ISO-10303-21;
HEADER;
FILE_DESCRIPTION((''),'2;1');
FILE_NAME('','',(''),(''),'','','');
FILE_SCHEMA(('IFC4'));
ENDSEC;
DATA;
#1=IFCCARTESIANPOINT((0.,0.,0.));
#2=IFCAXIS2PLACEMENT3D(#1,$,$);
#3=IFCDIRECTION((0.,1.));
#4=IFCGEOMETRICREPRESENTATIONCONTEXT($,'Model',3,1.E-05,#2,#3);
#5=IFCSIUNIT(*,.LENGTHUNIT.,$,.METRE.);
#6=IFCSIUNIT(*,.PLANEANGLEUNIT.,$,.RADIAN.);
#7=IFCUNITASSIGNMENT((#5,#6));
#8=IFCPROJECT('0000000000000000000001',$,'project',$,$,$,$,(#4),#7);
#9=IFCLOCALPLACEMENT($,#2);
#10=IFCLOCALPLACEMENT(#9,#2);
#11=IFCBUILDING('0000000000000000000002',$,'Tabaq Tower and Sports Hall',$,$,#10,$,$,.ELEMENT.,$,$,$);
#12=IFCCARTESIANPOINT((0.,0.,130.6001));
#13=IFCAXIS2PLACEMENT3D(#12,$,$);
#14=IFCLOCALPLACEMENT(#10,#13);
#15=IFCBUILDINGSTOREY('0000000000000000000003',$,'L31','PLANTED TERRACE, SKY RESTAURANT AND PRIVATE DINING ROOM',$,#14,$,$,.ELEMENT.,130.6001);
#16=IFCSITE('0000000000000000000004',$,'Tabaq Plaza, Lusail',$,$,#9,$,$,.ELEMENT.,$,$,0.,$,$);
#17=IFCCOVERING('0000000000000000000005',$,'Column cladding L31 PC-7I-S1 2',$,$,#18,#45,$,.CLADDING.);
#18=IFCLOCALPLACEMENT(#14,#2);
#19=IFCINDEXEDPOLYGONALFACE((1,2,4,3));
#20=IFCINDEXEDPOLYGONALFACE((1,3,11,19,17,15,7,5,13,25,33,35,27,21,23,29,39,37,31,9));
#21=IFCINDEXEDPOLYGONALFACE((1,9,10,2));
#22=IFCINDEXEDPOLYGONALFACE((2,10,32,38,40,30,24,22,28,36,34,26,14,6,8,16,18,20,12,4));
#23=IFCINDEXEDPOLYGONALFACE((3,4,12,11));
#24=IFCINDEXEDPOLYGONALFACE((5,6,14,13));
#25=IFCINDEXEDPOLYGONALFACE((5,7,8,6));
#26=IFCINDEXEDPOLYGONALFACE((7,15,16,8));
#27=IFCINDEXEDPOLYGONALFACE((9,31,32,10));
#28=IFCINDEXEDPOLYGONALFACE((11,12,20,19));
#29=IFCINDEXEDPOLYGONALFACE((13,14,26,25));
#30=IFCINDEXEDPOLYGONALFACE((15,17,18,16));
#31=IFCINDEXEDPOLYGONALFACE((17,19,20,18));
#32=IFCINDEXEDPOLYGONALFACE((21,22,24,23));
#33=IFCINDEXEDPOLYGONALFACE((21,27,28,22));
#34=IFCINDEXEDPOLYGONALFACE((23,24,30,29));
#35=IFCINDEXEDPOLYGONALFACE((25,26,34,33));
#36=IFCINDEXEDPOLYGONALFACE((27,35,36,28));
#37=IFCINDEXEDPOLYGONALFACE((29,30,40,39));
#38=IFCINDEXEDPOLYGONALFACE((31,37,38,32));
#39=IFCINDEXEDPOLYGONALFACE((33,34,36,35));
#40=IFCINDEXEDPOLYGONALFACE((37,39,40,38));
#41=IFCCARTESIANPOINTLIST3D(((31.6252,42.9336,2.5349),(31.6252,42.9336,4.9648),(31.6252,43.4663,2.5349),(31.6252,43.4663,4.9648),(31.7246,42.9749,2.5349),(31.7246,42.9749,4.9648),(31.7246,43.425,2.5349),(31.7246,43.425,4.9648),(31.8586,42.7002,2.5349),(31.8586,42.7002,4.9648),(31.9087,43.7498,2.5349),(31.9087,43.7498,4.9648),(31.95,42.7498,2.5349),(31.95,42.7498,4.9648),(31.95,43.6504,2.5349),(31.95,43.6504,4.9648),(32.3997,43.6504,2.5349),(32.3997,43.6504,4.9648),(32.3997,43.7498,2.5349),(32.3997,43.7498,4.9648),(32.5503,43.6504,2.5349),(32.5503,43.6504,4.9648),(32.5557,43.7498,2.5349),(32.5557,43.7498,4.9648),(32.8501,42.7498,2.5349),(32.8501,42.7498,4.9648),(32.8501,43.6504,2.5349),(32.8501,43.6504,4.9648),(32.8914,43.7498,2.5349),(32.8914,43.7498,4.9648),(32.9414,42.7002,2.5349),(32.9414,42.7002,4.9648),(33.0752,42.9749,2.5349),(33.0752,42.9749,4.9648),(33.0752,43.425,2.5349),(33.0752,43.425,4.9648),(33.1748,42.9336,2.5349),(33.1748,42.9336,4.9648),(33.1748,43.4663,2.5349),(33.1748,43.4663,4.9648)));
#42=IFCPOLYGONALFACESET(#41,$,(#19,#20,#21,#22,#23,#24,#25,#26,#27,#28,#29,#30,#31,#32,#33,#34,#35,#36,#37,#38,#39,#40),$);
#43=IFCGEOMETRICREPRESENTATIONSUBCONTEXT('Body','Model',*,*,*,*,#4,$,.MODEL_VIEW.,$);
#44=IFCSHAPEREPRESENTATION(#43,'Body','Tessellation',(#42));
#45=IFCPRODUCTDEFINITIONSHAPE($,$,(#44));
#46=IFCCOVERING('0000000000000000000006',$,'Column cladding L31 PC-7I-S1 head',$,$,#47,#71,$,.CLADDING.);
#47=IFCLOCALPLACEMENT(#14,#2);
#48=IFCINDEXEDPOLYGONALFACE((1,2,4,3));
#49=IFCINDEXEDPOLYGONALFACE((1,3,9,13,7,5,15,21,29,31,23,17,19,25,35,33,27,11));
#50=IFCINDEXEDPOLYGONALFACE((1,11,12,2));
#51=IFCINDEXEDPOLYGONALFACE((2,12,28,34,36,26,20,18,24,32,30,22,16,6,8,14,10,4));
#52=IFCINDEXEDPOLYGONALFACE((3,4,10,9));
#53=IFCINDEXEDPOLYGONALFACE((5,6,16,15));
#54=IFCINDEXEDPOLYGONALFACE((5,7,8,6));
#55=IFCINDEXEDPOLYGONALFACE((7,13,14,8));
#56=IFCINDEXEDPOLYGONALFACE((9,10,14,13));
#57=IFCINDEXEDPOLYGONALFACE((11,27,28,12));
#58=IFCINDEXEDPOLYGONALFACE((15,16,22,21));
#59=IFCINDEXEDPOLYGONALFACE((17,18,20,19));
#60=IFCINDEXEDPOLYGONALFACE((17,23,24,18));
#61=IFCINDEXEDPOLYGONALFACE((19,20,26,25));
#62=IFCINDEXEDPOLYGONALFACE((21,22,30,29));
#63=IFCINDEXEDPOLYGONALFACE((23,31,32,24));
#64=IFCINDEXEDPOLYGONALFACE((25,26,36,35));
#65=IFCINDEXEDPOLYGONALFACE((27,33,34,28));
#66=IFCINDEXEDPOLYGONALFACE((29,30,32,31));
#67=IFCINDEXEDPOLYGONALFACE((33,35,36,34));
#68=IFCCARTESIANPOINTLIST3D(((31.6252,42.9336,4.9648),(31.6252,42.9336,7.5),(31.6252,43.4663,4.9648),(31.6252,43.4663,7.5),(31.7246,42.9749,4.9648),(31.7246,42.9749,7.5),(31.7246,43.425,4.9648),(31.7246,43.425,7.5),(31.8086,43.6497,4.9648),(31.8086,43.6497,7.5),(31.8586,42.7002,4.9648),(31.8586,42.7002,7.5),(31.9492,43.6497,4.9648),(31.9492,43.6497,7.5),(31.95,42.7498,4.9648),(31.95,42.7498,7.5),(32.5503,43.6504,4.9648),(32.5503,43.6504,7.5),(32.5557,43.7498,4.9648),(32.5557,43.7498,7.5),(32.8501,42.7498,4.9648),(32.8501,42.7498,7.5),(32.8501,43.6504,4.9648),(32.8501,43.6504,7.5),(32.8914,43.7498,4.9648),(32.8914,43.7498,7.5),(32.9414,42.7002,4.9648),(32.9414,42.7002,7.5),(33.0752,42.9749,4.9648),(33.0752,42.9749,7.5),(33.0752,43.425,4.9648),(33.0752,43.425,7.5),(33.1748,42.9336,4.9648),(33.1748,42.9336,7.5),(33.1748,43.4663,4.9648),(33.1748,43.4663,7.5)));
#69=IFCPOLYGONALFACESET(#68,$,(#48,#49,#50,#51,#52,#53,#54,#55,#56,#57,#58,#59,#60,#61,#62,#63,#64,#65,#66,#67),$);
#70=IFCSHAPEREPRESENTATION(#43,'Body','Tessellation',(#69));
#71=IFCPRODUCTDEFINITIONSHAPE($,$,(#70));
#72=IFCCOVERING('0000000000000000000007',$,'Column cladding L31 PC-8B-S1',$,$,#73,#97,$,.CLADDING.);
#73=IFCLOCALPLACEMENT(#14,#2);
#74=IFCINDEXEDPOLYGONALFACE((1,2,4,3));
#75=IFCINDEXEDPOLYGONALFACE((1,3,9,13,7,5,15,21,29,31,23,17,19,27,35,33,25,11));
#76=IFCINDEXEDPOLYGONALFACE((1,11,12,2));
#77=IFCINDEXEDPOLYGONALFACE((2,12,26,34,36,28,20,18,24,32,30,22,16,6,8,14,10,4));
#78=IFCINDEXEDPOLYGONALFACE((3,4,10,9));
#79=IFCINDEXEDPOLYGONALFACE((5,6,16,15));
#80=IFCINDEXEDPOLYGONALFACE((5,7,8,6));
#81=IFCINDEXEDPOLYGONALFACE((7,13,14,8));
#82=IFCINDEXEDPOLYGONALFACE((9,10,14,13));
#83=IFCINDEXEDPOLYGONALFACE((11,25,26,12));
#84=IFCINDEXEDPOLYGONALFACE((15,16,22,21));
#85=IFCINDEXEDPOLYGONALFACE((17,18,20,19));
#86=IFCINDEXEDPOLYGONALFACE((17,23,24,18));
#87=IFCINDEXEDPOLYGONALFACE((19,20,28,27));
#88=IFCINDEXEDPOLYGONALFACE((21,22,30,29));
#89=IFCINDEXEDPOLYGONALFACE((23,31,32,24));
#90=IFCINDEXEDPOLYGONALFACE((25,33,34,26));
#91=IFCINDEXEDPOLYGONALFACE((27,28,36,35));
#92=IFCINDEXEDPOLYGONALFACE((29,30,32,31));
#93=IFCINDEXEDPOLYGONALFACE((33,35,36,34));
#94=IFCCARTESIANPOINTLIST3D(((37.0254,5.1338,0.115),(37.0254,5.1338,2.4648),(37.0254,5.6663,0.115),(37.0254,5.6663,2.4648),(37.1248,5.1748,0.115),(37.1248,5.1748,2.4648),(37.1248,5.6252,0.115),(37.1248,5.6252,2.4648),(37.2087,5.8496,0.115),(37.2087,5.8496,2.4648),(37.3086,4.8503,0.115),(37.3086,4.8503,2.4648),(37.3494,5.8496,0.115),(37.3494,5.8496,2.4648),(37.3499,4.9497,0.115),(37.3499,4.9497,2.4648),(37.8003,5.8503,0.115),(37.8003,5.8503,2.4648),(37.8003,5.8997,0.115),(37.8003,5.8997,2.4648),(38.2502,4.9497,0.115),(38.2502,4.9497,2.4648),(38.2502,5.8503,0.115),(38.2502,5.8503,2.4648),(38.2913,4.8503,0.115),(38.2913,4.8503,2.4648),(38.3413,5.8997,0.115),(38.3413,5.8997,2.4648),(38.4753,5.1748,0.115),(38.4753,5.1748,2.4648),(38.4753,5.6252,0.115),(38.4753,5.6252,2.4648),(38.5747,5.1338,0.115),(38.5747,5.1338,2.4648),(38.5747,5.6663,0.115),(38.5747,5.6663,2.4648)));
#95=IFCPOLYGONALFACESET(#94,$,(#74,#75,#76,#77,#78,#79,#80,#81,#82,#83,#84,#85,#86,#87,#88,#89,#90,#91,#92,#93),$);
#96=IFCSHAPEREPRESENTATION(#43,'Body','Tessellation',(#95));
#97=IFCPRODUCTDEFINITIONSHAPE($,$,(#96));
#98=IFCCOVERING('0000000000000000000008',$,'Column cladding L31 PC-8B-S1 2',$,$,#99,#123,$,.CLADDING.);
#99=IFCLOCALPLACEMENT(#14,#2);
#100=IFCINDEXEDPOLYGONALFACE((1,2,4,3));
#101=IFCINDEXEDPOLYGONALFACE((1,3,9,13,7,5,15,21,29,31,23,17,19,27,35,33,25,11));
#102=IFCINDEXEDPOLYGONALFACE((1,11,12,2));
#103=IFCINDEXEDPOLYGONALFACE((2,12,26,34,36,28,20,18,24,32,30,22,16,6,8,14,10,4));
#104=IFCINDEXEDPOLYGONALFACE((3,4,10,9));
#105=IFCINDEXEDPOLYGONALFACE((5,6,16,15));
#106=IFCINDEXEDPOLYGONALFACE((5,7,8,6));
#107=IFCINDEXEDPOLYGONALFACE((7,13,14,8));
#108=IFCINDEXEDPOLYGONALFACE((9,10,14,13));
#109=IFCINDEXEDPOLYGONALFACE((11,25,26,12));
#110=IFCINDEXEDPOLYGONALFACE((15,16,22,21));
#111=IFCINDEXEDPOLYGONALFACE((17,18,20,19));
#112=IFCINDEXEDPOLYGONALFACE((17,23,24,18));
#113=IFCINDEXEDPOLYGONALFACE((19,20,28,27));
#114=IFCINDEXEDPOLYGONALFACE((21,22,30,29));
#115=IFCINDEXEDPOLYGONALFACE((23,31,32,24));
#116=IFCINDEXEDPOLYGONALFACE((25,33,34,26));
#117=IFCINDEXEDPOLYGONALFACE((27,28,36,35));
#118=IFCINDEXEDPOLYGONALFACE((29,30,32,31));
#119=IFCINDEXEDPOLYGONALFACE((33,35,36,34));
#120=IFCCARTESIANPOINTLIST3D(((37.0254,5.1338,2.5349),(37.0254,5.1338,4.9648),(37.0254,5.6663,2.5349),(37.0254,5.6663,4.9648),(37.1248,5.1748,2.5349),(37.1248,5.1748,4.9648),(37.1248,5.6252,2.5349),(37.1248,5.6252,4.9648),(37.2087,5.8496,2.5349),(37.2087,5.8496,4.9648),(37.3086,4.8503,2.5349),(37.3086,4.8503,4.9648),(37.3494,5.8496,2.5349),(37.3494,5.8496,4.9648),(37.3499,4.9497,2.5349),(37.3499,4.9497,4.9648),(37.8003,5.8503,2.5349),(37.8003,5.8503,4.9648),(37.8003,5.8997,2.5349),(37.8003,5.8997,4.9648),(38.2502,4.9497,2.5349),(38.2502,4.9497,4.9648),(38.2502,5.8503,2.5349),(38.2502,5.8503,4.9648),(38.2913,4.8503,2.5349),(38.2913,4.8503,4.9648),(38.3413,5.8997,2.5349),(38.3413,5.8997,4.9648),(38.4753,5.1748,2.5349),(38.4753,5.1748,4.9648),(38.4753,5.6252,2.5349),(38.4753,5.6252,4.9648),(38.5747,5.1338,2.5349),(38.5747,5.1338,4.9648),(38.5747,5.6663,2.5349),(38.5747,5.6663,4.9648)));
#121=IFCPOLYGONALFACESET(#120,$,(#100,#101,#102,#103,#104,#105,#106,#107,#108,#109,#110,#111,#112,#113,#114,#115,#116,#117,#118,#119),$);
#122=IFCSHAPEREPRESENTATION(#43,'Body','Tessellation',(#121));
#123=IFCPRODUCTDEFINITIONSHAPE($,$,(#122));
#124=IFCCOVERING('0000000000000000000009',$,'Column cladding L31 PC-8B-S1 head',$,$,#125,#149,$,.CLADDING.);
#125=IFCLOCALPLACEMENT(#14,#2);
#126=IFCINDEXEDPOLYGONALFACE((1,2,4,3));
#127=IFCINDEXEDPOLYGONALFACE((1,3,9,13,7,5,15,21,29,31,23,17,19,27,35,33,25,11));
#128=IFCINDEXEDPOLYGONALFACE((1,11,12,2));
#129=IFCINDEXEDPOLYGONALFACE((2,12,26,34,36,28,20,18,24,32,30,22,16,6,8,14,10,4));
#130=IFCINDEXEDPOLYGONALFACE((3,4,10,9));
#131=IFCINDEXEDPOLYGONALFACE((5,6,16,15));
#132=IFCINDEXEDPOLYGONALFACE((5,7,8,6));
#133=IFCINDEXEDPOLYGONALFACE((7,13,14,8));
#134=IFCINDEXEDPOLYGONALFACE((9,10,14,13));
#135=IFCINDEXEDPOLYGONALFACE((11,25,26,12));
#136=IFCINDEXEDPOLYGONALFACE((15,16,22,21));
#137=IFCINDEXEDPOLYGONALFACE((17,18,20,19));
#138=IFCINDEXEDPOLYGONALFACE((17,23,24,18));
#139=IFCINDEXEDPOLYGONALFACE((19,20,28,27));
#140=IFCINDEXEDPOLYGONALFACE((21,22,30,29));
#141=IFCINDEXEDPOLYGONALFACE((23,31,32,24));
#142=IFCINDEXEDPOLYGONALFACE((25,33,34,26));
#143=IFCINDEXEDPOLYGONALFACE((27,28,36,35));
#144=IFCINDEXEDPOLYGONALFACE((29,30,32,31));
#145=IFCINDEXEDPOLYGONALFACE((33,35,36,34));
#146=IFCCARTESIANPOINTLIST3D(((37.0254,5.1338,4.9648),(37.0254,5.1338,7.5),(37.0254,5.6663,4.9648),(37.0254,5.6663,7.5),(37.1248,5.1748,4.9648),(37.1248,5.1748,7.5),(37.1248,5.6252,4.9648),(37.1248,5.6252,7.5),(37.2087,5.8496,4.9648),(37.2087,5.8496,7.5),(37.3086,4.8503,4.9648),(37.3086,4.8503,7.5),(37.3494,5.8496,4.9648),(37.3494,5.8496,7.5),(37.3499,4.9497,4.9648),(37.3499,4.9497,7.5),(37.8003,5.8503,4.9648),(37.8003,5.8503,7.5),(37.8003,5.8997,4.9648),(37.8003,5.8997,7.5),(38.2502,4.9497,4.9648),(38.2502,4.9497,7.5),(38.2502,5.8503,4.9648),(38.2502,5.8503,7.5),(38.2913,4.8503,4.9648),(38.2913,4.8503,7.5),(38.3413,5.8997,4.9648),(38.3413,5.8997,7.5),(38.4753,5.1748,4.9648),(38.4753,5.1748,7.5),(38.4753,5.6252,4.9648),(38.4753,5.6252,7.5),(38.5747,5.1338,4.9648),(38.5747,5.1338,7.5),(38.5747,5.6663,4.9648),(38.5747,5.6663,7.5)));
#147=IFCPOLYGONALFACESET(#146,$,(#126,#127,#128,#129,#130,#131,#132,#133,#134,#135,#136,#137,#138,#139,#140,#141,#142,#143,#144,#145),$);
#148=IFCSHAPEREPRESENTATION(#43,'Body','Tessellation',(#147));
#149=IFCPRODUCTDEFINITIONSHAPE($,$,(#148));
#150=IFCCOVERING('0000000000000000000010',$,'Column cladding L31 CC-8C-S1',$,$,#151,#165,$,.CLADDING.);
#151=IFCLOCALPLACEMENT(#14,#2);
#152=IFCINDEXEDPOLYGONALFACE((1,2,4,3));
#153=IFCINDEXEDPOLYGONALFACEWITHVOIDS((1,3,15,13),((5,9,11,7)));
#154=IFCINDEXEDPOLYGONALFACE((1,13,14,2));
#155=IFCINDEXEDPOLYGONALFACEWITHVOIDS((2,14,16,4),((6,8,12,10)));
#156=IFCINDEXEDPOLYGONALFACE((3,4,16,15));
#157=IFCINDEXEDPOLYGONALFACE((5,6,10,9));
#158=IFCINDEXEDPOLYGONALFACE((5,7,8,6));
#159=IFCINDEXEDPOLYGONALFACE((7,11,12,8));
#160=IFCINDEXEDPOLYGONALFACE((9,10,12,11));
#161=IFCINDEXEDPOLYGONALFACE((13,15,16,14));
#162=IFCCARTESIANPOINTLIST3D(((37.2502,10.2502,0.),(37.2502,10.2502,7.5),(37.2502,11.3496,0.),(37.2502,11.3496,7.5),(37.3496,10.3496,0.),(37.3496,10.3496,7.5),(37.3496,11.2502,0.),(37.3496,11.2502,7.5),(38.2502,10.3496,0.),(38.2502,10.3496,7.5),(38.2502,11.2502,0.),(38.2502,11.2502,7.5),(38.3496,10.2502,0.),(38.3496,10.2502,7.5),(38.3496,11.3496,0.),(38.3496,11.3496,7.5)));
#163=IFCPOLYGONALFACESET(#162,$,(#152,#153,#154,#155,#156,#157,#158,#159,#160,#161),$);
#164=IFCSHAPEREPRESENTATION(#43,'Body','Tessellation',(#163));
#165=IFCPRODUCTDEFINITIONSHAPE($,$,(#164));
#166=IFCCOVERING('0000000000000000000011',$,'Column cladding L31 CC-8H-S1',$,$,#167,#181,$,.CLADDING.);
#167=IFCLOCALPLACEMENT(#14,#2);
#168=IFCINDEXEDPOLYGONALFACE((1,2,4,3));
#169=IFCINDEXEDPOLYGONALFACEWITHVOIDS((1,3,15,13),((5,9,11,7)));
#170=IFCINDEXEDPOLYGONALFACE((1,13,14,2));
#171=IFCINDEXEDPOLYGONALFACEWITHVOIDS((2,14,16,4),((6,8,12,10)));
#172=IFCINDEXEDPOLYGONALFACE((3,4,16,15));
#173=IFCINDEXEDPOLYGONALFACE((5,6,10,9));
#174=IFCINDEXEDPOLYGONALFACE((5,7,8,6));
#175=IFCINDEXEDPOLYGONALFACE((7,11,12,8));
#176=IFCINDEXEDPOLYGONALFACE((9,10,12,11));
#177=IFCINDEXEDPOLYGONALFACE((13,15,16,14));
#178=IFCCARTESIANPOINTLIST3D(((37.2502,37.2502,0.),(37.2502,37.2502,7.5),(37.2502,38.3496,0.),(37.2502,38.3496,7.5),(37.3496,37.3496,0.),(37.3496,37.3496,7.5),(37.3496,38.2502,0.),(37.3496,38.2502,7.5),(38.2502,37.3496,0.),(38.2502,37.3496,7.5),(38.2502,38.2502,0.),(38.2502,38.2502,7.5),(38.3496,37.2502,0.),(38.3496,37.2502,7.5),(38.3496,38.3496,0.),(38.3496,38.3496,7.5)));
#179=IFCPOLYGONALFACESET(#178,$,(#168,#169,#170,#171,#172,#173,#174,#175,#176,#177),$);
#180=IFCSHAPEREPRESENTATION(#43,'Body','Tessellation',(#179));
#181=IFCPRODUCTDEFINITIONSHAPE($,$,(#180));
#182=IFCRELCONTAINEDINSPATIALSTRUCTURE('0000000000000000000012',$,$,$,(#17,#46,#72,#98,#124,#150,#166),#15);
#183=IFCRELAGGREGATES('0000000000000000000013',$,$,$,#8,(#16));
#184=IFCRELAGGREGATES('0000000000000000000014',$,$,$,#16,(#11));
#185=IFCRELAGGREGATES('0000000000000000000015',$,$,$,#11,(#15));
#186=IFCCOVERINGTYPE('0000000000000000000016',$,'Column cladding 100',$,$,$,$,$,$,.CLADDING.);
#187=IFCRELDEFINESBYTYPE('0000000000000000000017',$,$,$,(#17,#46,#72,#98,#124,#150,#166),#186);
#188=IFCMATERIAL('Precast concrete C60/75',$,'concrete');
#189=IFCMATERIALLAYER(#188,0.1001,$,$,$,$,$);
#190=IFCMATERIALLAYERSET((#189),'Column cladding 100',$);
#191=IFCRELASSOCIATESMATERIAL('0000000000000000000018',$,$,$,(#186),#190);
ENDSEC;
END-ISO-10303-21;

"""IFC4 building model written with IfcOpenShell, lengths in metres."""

from ifc_helpers import new_model, si_unit, direction, frame, origin, place, context, subcontext, project, spatial, polyline, outline, extrude, material, layer, layer_set, type_object, element, save


model = new_model("IFC4")

# Units and contexts
model_context = context("Model", 3, precision=1e-05, world=origin(), true_north=direction((0.0, 1.0)))
body_context = subcontext(model_context, "Body", "Model", "MODEL_VIEW")
ifc_project = project(units=[si_unit("LENGTHUNIT", "METRE"), si_unit("PLANEANGLEUNIT", "RADIAN")], contexts=[model_context])

# Site, building, storey
site_placement = place(None, origin())
site = spatial("IfcSite", under=ifc_project, at=site_placement, Name="Tabaq Plaza, Lusail", CompositionType="ELEMENT", RefElevation=0.0)
building_placement = place(site_placement, origin())
building = spatial("IfcBuilding", under=site, at=building_placement, Name="Tabaq Tower and Sports Hall", CompositionType="ELEMENT")
storey_placement = place(building_placement, frame((0.0, 0.0, 130.6001)))
storey = spatial("IfcBuildingStorey", under=building, at=storey_placement, Name="L31", Description="PLANTED TERRACE, SKY RESTAURANT AND PRIVATE DINING ROOM", CompositionType="ELEMENT", Elevation=130.6001)

# Coverings
ifc_material_1 = material(Name="Precast concrete C60/75", Category="concrete")
ifc_layer = layer(ifc_material_1, 0.1001)
ifc_layer_set = layer_set([ifc_layer], Name="Column cladding 100")
covering_type_1 = type_object("IfcCoveringType", Name="Column cladding 100", PredefinedType="CLADDING", material=ifc_layer_set)
covering_1_placement = place(storey_placement, frame((0.0, 0.0, 2.5349)))
element("IfcCovering", 1, at=covering_1_placement, inside=storey, type_object=covering_type_1, Name="Column cladding L31 PC-7I-S1 2", PredefinedType="CLADDING", context=body_context, shape_type="SweptSolid", body=[
    extrude(outline(polyline([(31.6252, 43.4663), (31.9087, 43.7498), (32.3997, 43.7498), (32.3997, 43.6504), (31.95, 43.6504), (31.7246, 43.425), (31.7246, 42.9749), (31.95, 42.7498), (32.8501, 42.7498), (33.0752, 42.9749), (33.0752, 43.425), (32.8501, 43.6504), (32.5503, 43.6504), (32.5557, 43.7498), (32.8914, 43.7498), (33.1748, 43.4663), (33.1748, 42.9336), (32.9414, 42.7002), (31.8586, 42.7002), (31.6252, 42.9336), (31.6252, 43.4663)])), origin(), (0.0, 0.0, 1.0), 2.4299),
])
covering_2_placement = place(storey_placement, frame((0.0, 0.0, 4.9648)))
element("IfcCovering", 2, at=covering_2_placement, inside=storey, type_object=covering_type_1, Name="Column cladding L31 PC-7I-S1 head", PredefinedType="CLADDING", context=body_context, shape_type="SweptSolid", body=[
    extrude(outline(polyline([(31.8086, 43.6497), (31.9492, 43.6497), (31.7246, 43.425), (31.7246, 42.9749), (31.95, 42.7498), (32.8501, 42.7498), (33.0752, 42.9749), (33.0752, 43.425), (32.8501, 43.6504), (32.5503, 43.6504), (32.5557, 43.7498), (32.8914, 43.7498), (33.1748, 43.4663), (33.1748, 42.9336), (32.9414, 42.7002), (31.8586, 42.7002), (31.6252, 42.9336), (31.6252, 43.4663), (31.8086, 43.6497)])), origin(), (0.0, 0.0, 1.0), 2.5352),
])
covering_3_placement = place(storey_placement, frame((0.0, 0.0, 0.115)))
element("IfcCovering", 3, at=covering_3_placement, inside=storey, type_object=covering_type_1, Name="Column cladding L31 PC-8B-S1", PredefinedType="CLADDING", context=body_context, shape_type="SweptSolid", body=[
    extrude(outline(polyline([(37.0254, 5.6663), (37.2087, 5.8496), (37.3494, 5.8496), (37.1248, 5.6252), (37.1248, 5.1748), (37.3499, 4.9497), (38.2502, 4.9497), (38.4753, 5.1748), (38.4753, 5.6252), (38.2502, 5.8503), (37.8003, 5.8503), (37.8003, 5.8997), (38.3413, 5.8997), (38.5747, 5.6663), (38.5747, 5.1338), (38.2913, 4.8503), (37.3086, 4.8503), (37.0254, 5.1338), (37.0254, 5.6663)])), origin(), (0.0, 0.0, 1.0), 2.3499),
])
covering_4_placement = place(storey_placement, frame((0.0, 0.0, 2.5349)))
element("IfcCovering", 4, at=covering_4_placement, inside=storey, type_object=covering_type_1, Name="Column cladding L31 PC-8B-S1 2", PredefinedType="CLADDING", context=body_context, shape_type="SweptSolid", body=[
    extrude(outline(polyline([(37.0254, 5.6663), (37.2087, 5.8496), (37.3494, 5.8496), (37.1248, 5.6252), (37.1248, 5.1748), (37.3499, 4.9497), (38.2502, 4.9497), (38.4753, 5.1748), (38.4753, 5.6252), (38.2502, 5.8503), (37.8003, 5.8503), (37.8003, 5.8997), (38.3413, 5.8997), (38.5747, 5.6663), (38.5747, 5.1338), (38.2913, 4.8503), (37.3086, 4.8503), (37.0254, 5.1338), (37.0254, 5.6663)])), origin(), (0.0, 0.0, 1.0), 2.4299),
])
covering_5_placement = place(storey_placement, frame((0.0, 0.0, 4.9648)))
element("IfcCovering", 5, at=covering_5_placement, inside=storey, type_object=covering_type_1, Name="Column cladding L31 PC-8B-S1 head", PredefinedType="CLADDING", context=body_context, shape_type="SweptSolid", body=[
    extrude(outline(polyline([(37.2087, 5.8496), (37.3494, 5.8496), (37.1248, 5.6252), (37.1248, 5.1748), (37.3499, 4.9497), (38.2502, 4.9497), (38.4753, 5.1748), (38.4753, 5.6252), (38.2502, 5.8503), (37.8003, 5.8503), (37.8003, 5.8997), (38.3413, 5.8997), (38.5747, 5.6663), (38.5747, 5.1338), (38.2913, 4.8503), (37.3086, 4.8503), (37.0254, 5.1338), (37.0254, 5.6663), (37.2087, 5.8496)])), origin(), (0.0, 0.0, 1.0), 2.5352),
])
covering_6_placement = place(storey_placement, origin())
element("IfcCovering", 6, at=covering_6_placement, inside=storey, type_object=covering_type_1, Name="Column cladding L31 CC-8C-S1", PredefinedType="CLADDING", context=body_context, shape_type="SweptSolid", body=[
    extrude(outline(polyline([(37.2502, 11.3496), (38.3496, 11.3496), (38.3496, 10.2502), (37.2502, 10.2502), (37.2502, 11.3496)]), holes=[polyline([(38.2502, 10.3496), (38.2502, 11.2502), (37.3496, 11.2502), (37.3496, 10.3496), (38.2502, 10.3496)])]), origin(), (0.0, 0.0, 1.0), 7.5),
])
covering_7_placement = place(storey_placement, origin())
element("IfcCovering", 7, at=covering_7_placement, inside=storey, type_object=covering_type_1, Name="Column cladding L31 CC-8H-S1", PredefinedType="CLADDING", context=body_context, shape_type="SweptSolid", body=[
    extrude(outline(polyline([(37.2502, 38.3496), (38.3496, 38.3496), (38.3496, 37.2502), (37.2502, 37.2502), (37.2502, 38.3496)]), holes=[polyline([(38.2502, 37.3496), (38.2502, 38.2502), (37.3496, 38.2502), (37.3496, 37.3496), (38.2502, 37.3496)])]), origin(), (0.0, 0.0, 1.0), 7.5),
])

save(model, "model.ifc")
